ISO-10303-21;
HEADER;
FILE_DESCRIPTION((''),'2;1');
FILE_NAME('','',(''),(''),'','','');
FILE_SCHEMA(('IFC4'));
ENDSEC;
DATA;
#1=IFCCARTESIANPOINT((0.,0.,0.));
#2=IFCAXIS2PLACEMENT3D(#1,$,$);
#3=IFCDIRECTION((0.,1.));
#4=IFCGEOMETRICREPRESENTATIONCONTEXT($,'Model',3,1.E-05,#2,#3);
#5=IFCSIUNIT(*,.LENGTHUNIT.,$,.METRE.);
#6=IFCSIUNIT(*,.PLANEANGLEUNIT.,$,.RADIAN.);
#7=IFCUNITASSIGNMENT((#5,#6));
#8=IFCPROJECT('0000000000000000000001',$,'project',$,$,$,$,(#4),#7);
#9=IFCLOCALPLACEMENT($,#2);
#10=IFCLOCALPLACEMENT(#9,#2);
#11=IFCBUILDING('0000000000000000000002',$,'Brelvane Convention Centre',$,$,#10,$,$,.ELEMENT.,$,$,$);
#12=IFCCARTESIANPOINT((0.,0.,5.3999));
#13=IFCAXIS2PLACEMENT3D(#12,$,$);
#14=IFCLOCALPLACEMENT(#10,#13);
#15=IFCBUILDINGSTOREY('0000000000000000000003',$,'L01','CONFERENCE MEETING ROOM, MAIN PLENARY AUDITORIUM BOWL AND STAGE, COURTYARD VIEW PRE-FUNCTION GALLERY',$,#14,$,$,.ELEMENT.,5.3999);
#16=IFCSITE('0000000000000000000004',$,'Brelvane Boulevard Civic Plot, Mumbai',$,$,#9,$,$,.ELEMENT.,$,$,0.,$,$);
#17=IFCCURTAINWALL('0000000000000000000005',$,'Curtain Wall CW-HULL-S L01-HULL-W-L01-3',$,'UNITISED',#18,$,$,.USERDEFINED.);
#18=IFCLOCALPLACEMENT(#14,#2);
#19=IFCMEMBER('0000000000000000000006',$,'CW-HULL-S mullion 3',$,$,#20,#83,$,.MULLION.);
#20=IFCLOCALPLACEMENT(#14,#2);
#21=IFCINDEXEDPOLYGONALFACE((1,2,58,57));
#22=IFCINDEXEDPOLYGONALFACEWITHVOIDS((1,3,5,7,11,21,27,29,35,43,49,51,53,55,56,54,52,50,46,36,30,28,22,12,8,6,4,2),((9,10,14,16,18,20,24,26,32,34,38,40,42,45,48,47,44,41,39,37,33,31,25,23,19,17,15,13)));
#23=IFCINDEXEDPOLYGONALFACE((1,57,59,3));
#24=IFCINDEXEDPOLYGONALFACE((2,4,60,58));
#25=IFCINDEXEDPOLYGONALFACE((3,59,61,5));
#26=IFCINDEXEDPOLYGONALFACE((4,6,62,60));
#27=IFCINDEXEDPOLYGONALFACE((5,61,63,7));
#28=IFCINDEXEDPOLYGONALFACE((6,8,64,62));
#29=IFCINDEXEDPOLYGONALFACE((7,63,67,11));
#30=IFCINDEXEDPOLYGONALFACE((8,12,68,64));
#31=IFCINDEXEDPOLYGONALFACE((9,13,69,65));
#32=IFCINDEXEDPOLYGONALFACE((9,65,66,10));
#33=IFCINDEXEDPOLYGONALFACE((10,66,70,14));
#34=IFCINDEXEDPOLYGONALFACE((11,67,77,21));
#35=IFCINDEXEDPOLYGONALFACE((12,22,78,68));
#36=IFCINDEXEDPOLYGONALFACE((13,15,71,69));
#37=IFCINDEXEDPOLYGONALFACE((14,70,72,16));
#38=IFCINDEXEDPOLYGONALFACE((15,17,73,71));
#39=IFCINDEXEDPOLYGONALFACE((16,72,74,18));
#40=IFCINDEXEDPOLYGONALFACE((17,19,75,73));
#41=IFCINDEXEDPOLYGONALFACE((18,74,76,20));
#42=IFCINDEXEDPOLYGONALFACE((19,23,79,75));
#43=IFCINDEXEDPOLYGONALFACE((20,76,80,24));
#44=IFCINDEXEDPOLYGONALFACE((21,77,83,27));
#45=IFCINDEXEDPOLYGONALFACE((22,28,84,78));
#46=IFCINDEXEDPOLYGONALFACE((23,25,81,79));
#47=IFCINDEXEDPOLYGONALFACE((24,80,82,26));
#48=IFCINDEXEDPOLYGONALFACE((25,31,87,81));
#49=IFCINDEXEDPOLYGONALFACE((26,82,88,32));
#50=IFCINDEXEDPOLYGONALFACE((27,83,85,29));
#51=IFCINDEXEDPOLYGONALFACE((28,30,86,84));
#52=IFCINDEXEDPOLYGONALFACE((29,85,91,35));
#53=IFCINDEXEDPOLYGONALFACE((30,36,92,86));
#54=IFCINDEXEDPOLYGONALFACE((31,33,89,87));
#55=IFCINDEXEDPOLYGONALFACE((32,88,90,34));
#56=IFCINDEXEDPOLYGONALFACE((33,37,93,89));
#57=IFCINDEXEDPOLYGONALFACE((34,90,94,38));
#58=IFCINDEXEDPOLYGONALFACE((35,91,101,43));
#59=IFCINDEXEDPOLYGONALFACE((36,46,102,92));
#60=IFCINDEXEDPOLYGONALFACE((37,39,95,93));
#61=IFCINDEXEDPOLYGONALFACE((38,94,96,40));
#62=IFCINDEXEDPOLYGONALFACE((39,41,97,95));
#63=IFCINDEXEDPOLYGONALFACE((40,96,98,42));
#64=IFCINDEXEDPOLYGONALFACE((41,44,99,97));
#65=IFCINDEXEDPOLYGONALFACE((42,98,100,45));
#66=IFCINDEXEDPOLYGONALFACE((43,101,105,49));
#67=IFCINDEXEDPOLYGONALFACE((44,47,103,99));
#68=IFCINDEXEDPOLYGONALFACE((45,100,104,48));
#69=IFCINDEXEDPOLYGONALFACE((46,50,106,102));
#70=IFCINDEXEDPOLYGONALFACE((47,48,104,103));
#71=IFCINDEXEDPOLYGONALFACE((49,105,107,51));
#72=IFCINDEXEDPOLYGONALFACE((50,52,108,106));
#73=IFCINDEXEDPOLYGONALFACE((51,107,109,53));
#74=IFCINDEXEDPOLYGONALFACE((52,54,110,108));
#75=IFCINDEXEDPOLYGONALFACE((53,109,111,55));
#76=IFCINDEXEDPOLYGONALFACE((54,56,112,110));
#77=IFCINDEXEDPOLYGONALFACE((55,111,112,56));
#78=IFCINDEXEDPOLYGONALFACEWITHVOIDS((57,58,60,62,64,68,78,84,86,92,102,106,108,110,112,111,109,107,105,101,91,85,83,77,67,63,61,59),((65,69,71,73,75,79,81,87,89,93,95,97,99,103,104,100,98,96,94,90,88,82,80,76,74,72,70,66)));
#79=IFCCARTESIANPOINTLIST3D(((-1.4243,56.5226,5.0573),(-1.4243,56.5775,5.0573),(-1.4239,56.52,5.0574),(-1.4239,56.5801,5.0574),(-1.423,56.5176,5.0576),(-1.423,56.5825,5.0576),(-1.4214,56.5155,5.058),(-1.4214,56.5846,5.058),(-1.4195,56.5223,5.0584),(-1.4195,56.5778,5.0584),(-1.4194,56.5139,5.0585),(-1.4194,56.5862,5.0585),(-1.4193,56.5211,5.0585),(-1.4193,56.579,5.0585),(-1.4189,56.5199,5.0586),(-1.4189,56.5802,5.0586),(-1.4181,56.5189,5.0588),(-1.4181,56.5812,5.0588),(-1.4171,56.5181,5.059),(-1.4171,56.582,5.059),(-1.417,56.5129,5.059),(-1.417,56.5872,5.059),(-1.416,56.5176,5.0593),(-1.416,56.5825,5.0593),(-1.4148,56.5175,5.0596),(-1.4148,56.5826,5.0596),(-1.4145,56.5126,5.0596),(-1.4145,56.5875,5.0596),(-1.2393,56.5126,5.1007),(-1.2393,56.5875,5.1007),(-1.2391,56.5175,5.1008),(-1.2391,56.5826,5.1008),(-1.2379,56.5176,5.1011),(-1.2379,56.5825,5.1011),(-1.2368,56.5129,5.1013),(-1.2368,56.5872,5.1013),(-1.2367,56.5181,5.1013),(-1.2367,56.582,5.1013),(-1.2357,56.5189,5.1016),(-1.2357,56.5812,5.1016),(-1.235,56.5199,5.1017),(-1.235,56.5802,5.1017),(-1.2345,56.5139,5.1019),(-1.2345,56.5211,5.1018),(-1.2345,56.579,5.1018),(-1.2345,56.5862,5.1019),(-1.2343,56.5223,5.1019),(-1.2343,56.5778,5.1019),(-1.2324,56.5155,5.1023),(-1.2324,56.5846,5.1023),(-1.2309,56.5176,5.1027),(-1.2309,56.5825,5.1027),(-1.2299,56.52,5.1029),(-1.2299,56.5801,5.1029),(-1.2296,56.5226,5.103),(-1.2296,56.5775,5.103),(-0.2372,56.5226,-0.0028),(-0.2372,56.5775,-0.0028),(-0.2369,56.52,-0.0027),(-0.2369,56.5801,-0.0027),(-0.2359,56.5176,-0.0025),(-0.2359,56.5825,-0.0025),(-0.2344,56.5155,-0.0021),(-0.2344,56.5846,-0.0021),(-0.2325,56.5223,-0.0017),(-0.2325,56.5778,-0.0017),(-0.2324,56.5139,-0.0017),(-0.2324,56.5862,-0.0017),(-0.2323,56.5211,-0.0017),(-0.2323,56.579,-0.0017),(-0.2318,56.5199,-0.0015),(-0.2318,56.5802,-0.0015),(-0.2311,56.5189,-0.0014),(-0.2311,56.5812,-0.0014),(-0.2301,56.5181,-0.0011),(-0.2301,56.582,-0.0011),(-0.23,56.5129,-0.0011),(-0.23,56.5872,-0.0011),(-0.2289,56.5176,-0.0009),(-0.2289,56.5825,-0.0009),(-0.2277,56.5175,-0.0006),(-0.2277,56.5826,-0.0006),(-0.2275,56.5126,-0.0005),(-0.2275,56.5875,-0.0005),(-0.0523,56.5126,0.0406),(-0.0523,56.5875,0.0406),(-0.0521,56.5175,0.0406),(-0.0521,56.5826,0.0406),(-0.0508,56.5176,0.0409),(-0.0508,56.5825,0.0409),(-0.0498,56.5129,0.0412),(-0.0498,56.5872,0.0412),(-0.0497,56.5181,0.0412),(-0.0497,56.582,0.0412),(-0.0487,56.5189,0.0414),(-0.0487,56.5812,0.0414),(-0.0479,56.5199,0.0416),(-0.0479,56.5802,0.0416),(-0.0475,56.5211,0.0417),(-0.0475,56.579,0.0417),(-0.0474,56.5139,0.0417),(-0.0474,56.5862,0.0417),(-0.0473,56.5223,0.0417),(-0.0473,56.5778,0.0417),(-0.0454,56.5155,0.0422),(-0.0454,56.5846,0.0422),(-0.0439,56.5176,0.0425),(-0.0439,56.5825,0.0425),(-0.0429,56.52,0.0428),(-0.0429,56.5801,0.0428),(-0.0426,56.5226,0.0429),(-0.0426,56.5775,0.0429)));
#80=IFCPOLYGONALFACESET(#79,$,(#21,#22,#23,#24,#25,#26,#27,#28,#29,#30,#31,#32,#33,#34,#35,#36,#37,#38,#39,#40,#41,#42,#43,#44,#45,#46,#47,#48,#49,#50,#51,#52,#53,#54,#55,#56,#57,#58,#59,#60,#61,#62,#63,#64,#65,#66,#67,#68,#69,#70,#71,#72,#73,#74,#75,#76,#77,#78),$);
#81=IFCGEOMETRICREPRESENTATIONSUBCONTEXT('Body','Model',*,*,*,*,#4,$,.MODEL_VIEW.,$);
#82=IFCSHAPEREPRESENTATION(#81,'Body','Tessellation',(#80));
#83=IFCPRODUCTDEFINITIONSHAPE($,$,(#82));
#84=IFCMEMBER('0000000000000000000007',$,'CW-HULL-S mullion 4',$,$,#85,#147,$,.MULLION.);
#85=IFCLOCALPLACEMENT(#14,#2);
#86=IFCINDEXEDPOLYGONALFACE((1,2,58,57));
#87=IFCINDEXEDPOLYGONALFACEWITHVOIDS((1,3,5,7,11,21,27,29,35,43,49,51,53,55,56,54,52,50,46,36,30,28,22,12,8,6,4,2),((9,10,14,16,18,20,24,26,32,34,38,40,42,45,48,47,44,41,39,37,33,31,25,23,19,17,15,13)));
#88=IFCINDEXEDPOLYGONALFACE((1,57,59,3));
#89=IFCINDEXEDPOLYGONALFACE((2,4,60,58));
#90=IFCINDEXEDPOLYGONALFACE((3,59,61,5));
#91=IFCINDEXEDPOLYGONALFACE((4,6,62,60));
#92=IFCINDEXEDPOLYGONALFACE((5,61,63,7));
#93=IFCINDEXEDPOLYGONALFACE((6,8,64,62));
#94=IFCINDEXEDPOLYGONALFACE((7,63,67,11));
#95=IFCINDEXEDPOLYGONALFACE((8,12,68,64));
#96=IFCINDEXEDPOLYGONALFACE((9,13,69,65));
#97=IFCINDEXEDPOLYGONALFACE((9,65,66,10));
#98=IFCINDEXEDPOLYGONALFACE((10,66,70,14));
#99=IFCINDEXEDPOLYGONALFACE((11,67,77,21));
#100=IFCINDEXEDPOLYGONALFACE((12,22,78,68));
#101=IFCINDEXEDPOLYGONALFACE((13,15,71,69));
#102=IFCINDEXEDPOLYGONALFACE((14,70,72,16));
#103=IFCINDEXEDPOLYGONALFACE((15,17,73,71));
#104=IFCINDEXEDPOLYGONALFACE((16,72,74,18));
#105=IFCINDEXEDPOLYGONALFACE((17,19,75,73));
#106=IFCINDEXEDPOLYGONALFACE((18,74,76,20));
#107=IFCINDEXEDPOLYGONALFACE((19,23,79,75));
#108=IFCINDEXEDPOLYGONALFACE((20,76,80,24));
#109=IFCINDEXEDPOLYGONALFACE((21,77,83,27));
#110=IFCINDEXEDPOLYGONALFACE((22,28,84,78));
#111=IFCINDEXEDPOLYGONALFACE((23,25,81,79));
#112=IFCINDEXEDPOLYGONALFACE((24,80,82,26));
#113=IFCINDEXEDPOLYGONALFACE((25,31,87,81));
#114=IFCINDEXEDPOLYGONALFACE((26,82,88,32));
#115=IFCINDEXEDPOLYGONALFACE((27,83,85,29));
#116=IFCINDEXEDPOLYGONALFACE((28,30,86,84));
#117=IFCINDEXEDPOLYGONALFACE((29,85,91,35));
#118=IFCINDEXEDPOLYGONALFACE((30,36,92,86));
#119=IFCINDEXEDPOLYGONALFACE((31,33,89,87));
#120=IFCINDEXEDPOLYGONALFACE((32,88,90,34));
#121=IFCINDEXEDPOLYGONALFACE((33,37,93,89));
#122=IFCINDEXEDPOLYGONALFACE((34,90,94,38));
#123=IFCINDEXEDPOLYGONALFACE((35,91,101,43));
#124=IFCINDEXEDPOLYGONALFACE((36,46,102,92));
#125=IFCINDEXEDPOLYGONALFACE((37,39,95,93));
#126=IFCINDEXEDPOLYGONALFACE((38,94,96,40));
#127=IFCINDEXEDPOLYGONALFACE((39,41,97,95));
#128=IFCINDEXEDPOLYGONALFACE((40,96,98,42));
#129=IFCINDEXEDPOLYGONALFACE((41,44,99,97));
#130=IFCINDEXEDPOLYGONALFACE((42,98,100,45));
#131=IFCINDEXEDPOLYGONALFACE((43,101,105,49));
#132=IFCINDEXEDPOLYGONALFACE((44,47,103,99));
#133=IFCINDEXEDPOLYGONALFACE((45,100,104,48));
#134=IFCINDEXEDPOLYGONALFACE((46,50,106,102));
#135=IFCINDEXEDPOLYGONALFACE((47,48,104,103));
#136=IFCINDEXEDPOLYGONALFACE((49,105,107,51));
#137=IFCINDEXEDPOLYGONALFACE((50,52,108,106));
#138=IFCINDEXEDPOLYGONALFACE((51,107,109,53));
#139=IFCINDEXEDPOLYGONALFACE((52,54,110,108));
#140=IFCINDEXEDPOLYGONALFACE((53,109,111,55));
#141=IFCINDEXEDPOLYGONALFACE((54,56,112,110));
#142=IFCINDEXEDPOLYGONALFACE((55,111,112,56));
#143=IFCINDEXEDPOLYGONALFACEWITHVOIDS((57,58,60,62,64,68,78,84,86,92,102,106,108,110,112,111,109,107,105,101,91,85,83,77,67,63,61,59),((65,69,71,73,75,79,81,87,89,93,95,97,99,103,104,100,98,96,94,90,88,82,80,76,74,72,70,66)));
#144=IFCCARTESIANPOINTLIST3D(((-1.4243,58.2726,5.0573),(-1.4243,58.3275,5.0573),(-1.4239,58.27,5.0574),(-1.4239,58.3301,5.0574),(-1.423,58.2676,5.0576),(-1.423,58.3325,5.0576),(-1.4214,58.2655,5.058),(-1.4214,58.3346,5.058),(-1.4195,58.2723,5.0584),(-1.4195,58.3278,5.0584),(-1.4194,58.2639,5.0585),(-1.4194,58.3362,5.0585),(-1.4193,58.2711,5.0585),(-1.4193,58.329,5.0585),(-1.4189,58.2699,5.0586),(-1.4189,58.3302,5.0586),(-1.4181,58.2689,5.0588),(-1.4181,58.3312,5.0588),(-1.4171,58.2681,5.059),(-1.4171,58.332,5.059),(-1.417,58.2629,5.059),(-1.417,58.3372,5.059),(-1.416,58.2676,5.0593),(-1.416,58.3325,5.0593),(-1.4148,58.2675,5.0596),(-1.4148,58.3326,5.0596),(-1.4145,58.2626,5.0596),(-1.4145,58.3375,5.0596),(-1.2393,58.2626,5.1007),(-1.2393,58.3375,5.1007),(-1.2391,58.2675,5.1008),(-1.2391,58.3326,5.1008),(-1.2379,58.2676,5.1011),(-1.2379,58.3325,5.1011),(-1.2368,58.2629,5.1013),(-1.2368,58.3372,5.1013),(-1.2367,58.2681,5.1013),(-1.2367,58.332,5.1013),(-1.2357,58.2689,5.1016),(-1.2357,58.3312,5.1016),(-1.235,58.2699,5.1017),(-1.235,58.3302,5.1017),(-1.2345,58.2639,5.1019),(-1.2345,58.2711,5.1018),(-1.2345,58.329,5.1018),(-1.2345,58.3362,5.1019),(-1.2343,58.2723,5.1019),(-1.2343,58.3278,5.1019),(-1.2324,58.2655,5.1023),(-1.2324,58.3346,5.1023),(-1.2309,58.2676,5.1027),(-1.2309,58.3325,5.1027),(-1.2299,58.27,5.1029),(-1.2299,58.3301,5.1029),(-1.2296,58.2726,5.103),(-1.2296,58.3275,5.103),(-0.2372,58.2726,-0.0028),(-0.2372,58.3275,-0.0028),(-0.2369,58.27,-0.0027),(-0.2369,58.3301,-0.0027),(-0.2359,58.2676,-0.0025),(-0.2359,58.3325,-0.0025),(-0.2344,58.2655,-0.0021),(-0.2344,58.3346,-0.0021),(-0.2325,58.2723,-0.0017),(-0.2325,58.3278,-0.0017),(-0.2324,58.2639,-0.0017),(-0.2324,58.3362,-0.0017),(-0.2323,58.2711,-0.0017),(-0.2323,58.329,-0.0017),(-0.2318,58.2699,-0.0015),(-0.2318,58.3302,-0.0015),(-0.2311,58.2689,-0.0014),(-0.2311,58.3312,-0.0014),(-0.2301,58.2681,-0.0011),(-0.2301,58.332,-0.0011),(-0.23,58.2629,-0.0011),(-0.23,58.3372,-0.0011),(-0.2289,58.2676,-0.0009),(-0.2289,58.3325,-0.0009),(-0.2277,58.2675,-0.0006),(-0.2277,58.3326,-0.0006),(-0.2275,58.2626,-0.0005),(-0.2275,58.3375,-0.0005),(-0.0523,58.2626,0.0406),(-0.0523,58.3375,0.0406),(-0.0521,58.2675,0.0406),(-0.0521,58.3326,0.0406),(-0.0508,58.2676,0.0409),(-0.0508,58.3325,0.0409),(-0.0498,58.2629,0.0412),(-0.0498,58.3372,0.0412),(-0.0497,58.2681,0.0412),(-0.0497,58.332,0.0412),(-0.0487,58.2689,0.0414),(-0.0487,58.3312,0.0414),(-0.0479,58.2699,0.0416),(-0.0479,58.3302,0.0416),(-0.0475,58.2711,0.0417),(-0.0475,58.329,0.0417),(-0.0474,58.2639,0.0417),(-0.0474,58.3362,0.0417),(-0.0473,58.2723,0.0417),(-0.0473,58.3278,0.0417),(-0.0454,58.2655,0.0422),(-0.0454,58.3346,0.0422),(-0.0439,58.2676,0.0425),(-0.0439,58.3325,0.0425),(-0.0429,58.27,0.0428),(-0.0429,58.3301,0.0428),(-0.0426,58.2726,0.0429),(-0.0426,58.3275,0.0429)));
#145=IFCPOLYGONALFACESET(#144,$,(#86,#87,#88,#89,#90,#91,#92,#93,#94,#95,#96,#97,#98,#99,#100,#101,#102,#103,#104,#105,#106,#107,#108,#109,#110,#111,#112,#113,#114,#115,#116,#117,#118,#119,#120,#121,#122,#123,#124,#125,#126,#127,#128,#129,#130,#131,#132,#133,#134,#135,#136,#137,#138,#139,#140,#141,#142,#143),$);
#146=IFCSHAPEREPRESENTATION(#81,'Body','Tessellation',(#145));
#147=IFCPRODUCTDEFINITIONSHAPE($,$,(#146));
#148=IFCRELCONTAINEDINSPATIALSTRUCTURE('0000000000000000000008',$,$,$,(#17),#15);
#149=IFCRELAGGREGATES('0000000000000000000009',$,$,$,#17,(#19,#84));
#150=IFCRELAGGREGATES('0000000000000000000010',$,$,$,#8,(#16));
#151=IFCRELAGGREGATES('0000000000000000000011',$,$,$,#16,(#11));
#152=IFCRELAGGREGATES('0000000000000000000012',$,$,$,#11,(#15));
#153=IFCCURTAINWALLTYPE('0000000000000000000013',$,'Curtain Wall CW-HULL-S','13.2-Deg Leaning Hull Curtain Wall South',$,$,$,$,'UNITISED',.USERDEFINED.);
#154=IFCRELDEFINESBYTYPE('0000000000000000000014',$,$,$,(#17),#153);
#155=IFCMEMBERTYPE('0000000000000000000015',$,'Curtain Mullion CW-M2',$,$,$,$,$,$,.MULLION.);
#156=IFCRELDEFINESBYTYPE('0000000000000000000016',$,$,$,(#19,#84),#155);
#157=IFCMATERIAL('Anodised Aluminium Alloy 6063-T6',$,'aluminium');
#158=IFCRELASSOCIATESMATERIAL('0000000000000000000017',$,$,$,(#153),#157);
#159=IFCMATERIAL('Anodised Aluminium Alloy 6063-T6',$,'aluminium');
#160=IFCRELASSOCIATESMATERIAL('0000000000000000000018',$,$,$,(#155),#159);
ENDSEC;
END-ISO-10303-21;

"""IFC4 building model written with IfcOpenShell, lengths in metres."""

from ifc_helpers import new_model, si_unit, direction, frame, origin, origin_2d, place, context, subcontext, project, spatial, hollow_rectangle, extrude, material, material_profile, profile_set, type_object, element, aggregate, save


model = new_model("IFC4")

# Units and contexts
model_context = context("Model", 3, precision=1e-05, world=origin(), true_north=direction((0.0, 1.0)))
body_context = subcontext(model_context, "Body", "Model", "MODEL_VIEW")
ifc_project = project(units=[si_unit("LENGTHUNIT", "METRE"), si_unit("PLANEANGLEUNIT", "RADIAN")], contexts=[model_context])

# Site, building, storey
site_placement = place(None, origin())
site = spatial("IfcSite", under=ifc_project, at=site_placement, Name="Brelvane Boulevard Civic Plot, Mumbai", CompositionType="ELEMENT", RefElevation=0.0)
building_placement = place(site_placement, origin())
building = spatial("IfcBuilding", under=site, at=building_placement, Name="Brelvane Convention Centre", CompositionType="ELEMENT")
storey_placement = place(building_placement, frame((0.0, 0.0, 5.3999)))
storey = spatial("IfcBuildingStorey", under=building, at=storey_placement, Name="L01", Description="CONFERENCE MEETING ROOM, MAIN PLENARY AUDITORIUM BOWL AND STAGE, COURTYARD VIEW PRE-FUNCTION GALLERY", CompositionType="ELEMENT", Elevation=5.3999)

# Shared definitions
ifc_material_1 = material(Name="Anodised Aluminium Alloy 6063-T6", Category="aluminium")
curtain_wall_type = type_object("IfcCurtainWallType", Name="Curtain Wall CW-HULL-S", Description="13.2-Deg Leaning Hull Curtain Wall South", ElementType="UNITISED", PredefinedType="USERDEFINED", material=ifc_material_1)
ifc_material_2 = material(Name="Anodised Aluminium Alloy 6063-T6", Category="aluminium")
ifc_material_profile_1 = material_profile(ifc_material_2, hollow_rectangle(XDim=0.075, YDim=0.2, WallThickness=0.0049, InnerFilletRadius=0.0049, OuterFilletRadius=0.01, at=origin_2d()), Name="ALU-M 200x75x5.0")
ifc_profile_set_1 = profile_set([ifc_material_profile_1], Name="Anodised Aluminium Alloy 6063-T6")
member_type_1 = type_object("IfcMemberType", Name="Curtain Mullion CW-M2", PredefinedType="MULLION", material=ifc_profile_set_1)

# Curtain wall, members
curtain_wall_1_placement = place(storey_placement, origin())
curtain_wall_1 = element("IfcCurtainWall", 1, at=curtain_wall_1_placement, inside=storey, type_object=curtain_wall_type, Name="Curtain Wall CW-HULL-S L01-HULL-W-L01-3", ObjectType="UNITISED", PredefinedType="USERDEFINED")
member_1_placement = place(storey_placement, frame((-0.1399, 56.55, 0.02), z_axis=(-0.228385, 0.0, 0.973571), x_axis=(0.0, -1.0, 0.0)))
member_1 = element("IfcMember", 2, at=member_1_placement, type_object=member_type_1, Name="CW-HULL-S mullion 3", PredefinedType="MULLION", context=body_context, shape_type="SweptSolid", body=[
    extrude(hollow_rectangle(XDim=0.075, YDim=0.2, WallThickness=0.0049, InnerFilletRadius=0.0049, OuterFilletRadius=0.01, at=origin_2d()), origin(), (0.0, 0.0, 1.0), 5.1975),
])
member_2_placement = place(storey_placement, frame((-0.1399, 58.3, 0.02), z_axis=(-0.228385, 0.0, 0.973571), x_axis=(0.0, -1.0, 0.0)))
member_2 = element("IfcMember", 3, at=member_2_placement, type_object=member_type_1, Name="CW-HULL-S mullion 4", PredefinedType="MULLION", context=body_context, shape_type="SweptSolid", body=[
    extrude(hollow_rectangle(XDim=0.075, YDim=0.2, WallThickness=0.0049, InnerFilletRadius=0.0049, OuterFilletRadius=0.01, at=origin_2d()), origin(), (0.0, 0.0, 1.0), 5.1975),
])

aggregate(curtain_wall_1, [member_1, member_2])

save(model, "model.ifc")
